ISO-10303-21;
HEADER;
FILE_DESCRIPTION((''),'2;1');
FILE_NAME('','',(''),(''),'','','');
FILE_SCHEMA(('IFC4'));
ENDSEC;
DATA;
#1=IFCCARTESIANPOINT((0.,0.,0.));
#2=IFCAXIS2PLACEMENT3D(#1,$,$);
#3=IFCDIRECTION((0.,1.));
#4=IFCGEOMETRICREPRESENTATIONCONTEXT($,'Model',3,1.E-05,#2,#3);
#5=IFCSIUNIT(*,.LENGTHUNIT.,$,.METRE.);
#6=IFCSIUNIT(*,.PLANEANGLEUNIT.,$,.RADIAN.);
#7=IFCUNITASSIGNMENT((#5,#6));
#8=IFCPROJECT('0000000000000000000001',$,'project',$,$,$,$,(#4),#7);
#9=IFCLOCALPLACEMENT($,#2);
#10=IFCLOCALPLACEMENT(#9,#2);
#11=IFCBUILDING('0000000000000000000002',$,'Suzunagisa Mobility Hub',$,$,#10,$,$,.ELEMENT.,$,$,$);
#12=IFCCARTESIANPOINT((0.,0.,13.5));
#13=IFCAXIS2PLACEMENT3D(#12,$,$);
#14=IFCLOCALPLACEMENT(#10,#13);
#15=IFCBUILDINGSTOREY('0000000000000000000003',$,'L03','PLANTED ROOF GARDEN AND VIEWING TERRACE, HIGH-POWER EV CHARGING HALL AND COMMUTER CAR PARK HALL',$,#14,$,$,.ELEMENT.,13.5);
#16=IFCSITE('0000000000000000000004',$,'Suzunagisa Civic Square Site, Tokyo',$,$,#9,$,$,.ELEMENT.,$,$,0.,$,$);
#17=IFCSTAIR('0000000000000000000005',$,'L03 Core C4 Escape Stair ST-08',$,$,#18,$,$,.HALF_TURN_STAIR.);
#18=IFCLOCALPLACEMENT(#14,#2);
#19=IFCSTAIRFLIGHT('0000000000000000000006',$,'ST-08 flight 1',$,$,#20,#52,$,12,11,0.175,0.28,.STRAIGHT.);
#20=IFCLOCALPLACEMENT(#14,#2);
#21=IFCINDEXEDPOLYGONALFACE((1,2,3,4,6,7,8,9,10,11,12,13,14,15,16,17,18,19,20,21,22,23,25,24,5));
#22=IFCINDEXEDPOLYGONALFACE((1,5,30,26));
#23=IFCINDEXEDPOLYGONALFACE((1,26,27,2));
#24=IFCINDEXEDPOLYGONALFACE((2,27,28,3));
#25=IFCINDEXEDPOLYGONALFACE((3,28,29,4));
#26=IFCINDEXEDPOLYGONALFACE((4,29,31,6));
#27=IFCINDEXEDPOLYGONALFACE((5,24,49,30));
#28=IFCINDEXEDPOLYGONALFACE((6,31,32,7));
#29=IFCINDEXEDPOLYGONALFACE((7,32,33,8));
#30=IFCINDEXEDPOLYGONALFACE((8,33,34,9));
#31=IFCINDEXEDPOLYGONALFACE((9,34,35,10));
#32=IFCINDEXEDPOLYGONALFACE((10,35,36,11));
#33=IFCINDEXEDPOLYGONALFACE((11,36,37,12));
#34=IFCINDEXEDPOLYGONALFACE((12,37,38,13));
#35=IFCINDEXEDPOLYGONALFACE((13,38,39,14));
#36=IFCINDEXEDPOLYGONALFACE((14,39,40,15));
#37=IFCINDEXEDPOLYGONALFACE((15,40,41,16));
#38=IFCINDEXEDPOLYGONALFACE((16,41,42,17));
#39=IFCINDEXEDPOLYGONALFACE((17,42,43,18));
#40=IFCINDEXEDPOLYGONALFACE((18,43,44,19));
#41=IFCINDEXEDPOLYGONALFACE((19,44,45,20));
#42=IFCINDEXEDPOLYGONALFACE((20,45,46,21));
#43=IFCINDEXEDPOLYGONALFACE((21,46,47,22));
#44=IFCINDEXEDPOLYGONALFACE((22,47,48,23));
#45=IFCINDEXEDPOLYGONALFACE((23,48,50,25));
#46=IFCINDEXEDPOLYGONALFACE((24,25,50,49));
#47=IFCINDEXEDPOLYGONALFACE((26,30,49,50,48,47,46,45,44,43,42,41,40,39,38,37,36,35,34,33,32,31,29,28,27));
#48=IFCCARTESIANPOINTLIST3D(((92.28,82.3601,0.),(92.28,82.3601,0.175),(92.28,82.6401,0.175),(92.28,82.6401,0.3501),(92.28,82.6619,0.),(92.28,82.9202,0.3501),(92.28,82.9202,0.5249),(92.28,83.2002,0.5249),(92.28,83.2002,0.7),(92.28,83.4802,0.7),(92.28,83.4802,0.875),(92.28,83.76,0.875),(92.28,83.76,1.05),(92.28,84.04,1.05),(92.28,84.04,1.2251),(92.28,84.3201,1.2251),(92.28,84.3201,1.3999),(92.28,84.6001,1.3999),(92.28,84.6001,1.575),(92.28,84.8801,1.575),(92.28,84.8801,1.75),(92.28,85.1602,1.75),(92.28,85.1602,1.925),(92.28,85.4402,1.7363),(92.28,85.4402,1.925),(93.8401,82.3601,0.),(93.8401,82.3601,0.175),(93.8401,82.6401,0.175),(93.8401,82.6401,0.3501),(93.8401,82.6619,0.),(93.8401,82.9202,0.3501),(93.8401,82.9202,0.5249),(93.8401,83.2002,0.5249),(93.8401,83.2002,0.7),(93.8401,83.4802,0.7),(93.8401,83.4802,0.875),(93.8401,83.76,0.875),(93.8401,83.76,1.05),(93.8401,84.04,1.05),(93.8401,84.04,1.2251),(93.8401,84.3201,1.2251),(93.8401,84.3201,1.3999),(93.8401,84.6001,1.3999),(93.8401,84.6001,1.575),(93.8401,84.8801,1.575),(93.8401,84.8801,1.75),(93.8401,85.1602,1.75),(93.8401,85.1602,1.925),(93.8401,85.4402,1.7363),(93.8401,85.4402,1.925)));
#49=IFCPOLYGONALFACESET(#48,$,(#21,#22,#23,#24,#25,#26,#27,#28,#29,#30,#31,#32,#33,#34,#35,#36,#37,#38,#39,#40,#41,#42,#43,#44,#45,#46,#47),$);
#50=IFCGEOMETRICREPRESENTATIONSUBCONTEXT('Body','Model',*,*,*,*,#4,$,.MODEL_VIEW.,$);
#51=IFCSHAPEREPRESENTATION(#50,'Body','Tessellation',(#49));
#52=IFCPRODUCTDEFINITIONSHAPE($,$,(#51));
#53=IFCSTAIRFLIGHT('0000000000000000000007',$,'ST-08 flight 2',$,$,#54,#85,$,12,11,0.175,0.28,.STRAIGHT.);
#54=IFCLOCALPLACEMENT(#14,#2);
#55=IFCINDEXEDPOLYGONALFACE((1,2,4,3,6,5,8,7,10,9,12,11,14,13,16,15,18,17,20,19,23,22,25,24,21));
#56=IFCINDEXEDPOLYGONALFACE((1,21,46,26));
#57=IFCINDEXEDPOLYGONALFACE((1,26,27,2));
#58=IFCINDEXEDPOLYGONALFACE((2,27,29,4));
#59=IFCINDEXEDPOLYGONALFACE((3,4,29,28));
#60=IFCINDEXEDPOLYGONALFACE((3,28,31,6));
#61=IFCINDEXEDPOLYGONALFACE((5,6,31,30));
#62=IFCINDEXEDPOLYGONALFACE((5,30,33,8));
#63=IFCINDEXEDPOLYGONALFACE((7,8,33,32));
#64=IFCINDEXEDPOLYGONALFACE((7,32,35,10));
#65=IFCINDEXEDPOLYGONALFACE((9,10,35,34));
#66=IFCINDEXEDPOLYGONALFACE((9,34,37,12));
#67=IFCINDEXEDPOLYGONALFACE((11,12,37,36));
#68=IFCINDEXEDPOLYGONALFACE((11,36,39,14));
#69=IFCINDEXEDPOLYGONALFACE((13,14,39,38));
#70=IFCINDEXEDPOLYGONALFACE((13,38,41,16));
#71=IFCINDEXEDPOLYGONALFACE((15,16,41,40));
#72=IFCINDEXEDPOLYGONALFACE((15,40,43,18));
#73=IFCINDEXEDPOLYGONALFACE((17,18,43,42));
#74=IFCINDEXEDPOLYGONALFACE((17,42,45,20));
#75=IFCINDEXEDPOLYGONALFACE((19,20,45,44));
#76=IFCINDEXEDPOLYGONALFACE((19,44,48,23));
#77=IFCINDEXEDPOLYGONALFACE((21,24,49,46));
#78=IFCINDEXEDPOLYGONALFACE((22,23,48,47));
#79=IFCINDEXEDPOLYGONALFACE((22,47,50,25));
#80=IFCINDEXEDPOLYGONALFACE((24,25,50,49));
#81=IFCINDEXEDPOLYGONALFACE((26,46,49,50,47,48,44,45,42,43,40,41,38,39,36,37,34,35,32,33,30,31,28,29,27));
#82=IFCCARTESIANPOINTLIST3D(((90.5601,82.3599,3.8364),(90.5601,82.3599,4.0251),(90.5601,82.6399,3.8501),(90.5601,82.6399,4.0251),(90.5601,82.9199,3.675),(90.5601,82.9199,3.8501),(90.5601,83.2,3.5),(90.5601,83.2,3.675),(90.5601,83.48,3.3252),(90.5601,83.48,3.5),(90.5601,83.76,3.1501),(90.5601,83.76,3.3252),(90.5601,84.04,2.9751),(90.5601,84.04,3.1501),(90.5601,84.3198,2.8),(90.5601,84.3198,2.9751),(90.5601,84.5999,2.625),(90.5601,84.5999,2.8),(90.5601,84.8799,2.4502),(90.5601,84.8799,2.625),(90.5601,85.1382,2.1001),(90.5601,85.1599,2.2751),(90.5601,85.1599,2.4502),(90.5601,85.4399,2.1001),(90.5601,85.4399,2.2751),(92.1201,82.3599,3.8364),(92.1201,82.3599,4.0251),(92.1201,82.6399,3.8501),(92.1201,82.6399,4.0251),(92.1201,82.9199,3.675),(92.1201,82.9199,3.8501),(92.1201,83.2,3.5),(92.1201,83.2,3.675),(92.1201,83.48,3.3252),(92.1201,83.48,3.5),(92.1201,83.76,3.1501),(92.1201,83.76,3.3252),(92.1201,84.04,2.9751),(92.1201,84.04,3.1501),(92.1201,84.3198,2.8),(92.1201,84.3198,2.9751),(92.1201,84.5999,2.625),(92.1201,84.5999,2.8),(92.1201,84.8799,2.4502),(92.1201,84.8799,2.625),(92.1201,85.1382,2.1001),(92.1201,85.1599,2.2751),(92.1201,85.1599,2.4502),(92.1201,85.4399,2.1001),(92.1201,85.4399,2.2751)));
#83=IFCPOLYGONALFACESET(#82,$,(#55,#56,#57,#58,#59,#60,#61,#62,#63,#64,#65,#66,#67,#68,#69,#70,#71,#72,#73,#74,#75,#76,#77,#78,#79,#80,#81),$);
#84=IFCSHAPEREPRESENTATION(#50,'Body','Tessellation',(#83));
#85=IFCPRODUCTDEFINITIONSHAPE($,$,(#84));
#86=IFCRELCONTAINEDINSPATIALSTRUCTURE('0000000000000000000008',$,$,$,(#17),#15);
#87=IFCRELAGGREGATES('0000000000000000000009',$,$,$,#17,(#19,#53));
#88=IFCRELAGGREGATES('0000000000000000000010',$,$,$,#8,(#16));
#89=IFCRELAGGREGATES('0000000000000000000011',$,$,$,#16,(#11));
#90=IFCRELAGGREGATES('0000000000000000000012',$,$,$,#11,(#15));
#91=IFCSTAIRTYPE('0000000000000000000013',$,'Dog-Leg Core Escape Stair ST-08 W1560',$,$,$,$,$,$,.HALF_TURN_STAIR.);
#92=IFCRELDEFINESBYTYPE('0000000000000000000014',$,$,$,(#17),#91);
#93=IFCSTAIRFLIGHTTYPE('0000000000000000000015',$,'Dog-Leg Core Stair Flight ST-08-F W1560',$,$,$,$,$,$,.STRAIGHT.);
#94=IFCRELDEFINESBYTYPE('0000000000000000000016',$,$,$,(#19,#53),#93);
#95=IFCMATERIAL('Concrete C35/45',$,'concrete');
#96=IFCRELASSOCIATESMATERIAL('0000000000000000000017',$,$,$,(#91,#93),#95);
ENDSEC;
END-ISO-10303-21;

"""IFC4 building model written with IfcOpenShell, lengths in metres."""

from ifc_helpers import new_model, si_unit, direction, frame, origin, place, context, subcontext, project, spatial, polyline, outline, extrude, material, type_object, element, aggregate, save


model = new_model("IFC4")

# Units and contexts
model_context = context("Model", 3, precision=1e-05, world=origin(), true_north=direction((0.0, 1.0)))
body_context = subcontext(model_context, "Body", "Model", "MODEL_VIEW")
ifc_project = project(units=[si_unit("LENGTHUNIT", "METRE"), si_unit("PLANEANGLEUNIT", "RADIAN")], contexts=[model_context])

# Site, building, storey
site_placement = place(None, origin())
site = spatial("IfcSite", under=ifc_project, at=site_placement, Name="Suzunagisa Civic Square Site, Tokyo", CompositionType="ELEMENT", RefElevation=0.0)
building_placement = place(site_placement, origin())
building = spatial("IfcBuilding", under=site, at=building_placement, Name="Suzunagisa Mobility Hub", CompositionType="ELEMENT")
storey_placement = place(building_placement, frame((0.0, 0.0, 13.5)))
storey = spatial("IfcBuildingStorey", under=building, at=storey_placement, Name="L03", Description="PLANTED ROOF GARDEN AND VIEWING TERRACE, HIGH-POWER EV CHARGING HALL AND COMMUTER CAR PARK HALL", CompositionType="ELEMENT", Elevation=13.5)

# Shared definitions
ifc_material_1 = material(Name="Concrete C35/45", Category="concrete")

# Stair, stair flights
stair_type = type_object("IfcStairType", Name="Dog-Leg Core Escape Stair ST-08 W1560", PredefinedType="HALF_TURN_STAIR", material=ifc_material_1)
stair_placement = place(storey_placement, origin())
stair = element("IfcStair", 1, at=stair_placement, inside=storey, type_object=stair_type, Name="L03 Core C4 Escape Stair ST-08", PredefinedType="HALF_TURN_STAIR")
stair_flight_type = type_object("IfcStairFlightType", Name="Dog-Leg Core Stair Flight ST-08-F W1560", PredefinedType="STRAIGHT", material=ifc_material_1)
stair_flight_1_placement = place(storey_placement, frame((93.0601, 82.3601, 0.0), z_axis=(0.0, 0.0, 1.0), x_axis=(0.0, 1.0, 0.0)))
stair_flight_1 = element("IfcStairFlight", 2, at=stair_flight_1_placement, type_object=stair_flight_type, Name="ST-08 flight 1", NumberOfRisers=12, NumberOfTreads=11, PredefinedType="STRAIGHT", RiserHeight=0.175, TreadLength=0.28, context=body_context, shape_type="SweptSolid", body=[
    extrude(outline(polyline([(0.0, 0.0), (0.0, 0.175), (0.28, 0.175), (0.28, 0.3501), (0.5601, 0.3501), (0.5601, 0.5249), (0.8401, 0.5249), (0.8401, 0.7), (1.1201, 0.7), (1.1201, 0.875), (1.3999, 0.875), (1.3999, 1.05), (1.6799, 1.05), (1.6799, 1.2251), (1.96, 1.2251), (1.96, 1.3999), (2.24, 1.3999), (2.24, 1.575), (2.52, 1.575), (2.52, 1.75), (2.8, 1.75), (2.8, 1.925), (3.0801, 1.925), (3.0801, 2.1001), (3.0801, 1.7363), (0.3018, 0.0), (0.0, 0.0)])), frame((0.0, 0.78, 0.0), z_axis=(0.0, -1.0, 0.0), x_axis=(1.0, 0.0, 0.0)), (0.0, 0.0, 1.0), 1.5601),
])
stair_flight_2_placement = place(storey_placement, frame((91.3401, 85.4399, 2.1001), z_axis=(0.0, 0.0, 1.0), x_axis=(0.0, -1.0, 0.0)))
stair_flight_2 = element("IfcStairFlight", 3, at=stair_flight_2_placement, type_object=stair_flight_type, Name="ST-08 flight 2", NumberOfRisers=12, NumberOfTreads=11, PredefinedType="STRAIGHT", RiserHeight=0.175, TreadLength=0.28, context=body_context, shape_type="SweptSolid", body=[
    extrude(outline(polyline([(0.0, 0.0), (0.0, 0.175), (0.28, 0.175), (0.28, 0.3501), (0.5601, 0.3501), (0.5601, 0.5249), (0.8401, 0.5249), (0.8401, 0.7), (1.1201, 0.7), (1.1201, 0.875), (1.3999, 0.875), (1.3999, 1.05), (1.6799, 1.05), (1.6799, 1.2251), (1.96, 1.2251), (1.96, 1.3999), (2.24, 1.3999), (2.24, 1.575), (2.52, 1.575), (2.52, 1.75), (2.8, 1.75), (2.8, 1.925), (3.0801, 1.925), (3.0801, 2.1001), (3.0801, 1.7363), (0.3018, 0.0), (0.0, 0.0)])), frame((0.0, 0.78, 0.0), z_axis=(0.0, -1.0, 0.0), x_axis=(1.0, 0.0, 0.0)), (0.0, 0.0, 1.0), 1.5601),
])
aggregate(stair, [stair_flight_1, stair_flight_2])

save(model, "model.ifc")
